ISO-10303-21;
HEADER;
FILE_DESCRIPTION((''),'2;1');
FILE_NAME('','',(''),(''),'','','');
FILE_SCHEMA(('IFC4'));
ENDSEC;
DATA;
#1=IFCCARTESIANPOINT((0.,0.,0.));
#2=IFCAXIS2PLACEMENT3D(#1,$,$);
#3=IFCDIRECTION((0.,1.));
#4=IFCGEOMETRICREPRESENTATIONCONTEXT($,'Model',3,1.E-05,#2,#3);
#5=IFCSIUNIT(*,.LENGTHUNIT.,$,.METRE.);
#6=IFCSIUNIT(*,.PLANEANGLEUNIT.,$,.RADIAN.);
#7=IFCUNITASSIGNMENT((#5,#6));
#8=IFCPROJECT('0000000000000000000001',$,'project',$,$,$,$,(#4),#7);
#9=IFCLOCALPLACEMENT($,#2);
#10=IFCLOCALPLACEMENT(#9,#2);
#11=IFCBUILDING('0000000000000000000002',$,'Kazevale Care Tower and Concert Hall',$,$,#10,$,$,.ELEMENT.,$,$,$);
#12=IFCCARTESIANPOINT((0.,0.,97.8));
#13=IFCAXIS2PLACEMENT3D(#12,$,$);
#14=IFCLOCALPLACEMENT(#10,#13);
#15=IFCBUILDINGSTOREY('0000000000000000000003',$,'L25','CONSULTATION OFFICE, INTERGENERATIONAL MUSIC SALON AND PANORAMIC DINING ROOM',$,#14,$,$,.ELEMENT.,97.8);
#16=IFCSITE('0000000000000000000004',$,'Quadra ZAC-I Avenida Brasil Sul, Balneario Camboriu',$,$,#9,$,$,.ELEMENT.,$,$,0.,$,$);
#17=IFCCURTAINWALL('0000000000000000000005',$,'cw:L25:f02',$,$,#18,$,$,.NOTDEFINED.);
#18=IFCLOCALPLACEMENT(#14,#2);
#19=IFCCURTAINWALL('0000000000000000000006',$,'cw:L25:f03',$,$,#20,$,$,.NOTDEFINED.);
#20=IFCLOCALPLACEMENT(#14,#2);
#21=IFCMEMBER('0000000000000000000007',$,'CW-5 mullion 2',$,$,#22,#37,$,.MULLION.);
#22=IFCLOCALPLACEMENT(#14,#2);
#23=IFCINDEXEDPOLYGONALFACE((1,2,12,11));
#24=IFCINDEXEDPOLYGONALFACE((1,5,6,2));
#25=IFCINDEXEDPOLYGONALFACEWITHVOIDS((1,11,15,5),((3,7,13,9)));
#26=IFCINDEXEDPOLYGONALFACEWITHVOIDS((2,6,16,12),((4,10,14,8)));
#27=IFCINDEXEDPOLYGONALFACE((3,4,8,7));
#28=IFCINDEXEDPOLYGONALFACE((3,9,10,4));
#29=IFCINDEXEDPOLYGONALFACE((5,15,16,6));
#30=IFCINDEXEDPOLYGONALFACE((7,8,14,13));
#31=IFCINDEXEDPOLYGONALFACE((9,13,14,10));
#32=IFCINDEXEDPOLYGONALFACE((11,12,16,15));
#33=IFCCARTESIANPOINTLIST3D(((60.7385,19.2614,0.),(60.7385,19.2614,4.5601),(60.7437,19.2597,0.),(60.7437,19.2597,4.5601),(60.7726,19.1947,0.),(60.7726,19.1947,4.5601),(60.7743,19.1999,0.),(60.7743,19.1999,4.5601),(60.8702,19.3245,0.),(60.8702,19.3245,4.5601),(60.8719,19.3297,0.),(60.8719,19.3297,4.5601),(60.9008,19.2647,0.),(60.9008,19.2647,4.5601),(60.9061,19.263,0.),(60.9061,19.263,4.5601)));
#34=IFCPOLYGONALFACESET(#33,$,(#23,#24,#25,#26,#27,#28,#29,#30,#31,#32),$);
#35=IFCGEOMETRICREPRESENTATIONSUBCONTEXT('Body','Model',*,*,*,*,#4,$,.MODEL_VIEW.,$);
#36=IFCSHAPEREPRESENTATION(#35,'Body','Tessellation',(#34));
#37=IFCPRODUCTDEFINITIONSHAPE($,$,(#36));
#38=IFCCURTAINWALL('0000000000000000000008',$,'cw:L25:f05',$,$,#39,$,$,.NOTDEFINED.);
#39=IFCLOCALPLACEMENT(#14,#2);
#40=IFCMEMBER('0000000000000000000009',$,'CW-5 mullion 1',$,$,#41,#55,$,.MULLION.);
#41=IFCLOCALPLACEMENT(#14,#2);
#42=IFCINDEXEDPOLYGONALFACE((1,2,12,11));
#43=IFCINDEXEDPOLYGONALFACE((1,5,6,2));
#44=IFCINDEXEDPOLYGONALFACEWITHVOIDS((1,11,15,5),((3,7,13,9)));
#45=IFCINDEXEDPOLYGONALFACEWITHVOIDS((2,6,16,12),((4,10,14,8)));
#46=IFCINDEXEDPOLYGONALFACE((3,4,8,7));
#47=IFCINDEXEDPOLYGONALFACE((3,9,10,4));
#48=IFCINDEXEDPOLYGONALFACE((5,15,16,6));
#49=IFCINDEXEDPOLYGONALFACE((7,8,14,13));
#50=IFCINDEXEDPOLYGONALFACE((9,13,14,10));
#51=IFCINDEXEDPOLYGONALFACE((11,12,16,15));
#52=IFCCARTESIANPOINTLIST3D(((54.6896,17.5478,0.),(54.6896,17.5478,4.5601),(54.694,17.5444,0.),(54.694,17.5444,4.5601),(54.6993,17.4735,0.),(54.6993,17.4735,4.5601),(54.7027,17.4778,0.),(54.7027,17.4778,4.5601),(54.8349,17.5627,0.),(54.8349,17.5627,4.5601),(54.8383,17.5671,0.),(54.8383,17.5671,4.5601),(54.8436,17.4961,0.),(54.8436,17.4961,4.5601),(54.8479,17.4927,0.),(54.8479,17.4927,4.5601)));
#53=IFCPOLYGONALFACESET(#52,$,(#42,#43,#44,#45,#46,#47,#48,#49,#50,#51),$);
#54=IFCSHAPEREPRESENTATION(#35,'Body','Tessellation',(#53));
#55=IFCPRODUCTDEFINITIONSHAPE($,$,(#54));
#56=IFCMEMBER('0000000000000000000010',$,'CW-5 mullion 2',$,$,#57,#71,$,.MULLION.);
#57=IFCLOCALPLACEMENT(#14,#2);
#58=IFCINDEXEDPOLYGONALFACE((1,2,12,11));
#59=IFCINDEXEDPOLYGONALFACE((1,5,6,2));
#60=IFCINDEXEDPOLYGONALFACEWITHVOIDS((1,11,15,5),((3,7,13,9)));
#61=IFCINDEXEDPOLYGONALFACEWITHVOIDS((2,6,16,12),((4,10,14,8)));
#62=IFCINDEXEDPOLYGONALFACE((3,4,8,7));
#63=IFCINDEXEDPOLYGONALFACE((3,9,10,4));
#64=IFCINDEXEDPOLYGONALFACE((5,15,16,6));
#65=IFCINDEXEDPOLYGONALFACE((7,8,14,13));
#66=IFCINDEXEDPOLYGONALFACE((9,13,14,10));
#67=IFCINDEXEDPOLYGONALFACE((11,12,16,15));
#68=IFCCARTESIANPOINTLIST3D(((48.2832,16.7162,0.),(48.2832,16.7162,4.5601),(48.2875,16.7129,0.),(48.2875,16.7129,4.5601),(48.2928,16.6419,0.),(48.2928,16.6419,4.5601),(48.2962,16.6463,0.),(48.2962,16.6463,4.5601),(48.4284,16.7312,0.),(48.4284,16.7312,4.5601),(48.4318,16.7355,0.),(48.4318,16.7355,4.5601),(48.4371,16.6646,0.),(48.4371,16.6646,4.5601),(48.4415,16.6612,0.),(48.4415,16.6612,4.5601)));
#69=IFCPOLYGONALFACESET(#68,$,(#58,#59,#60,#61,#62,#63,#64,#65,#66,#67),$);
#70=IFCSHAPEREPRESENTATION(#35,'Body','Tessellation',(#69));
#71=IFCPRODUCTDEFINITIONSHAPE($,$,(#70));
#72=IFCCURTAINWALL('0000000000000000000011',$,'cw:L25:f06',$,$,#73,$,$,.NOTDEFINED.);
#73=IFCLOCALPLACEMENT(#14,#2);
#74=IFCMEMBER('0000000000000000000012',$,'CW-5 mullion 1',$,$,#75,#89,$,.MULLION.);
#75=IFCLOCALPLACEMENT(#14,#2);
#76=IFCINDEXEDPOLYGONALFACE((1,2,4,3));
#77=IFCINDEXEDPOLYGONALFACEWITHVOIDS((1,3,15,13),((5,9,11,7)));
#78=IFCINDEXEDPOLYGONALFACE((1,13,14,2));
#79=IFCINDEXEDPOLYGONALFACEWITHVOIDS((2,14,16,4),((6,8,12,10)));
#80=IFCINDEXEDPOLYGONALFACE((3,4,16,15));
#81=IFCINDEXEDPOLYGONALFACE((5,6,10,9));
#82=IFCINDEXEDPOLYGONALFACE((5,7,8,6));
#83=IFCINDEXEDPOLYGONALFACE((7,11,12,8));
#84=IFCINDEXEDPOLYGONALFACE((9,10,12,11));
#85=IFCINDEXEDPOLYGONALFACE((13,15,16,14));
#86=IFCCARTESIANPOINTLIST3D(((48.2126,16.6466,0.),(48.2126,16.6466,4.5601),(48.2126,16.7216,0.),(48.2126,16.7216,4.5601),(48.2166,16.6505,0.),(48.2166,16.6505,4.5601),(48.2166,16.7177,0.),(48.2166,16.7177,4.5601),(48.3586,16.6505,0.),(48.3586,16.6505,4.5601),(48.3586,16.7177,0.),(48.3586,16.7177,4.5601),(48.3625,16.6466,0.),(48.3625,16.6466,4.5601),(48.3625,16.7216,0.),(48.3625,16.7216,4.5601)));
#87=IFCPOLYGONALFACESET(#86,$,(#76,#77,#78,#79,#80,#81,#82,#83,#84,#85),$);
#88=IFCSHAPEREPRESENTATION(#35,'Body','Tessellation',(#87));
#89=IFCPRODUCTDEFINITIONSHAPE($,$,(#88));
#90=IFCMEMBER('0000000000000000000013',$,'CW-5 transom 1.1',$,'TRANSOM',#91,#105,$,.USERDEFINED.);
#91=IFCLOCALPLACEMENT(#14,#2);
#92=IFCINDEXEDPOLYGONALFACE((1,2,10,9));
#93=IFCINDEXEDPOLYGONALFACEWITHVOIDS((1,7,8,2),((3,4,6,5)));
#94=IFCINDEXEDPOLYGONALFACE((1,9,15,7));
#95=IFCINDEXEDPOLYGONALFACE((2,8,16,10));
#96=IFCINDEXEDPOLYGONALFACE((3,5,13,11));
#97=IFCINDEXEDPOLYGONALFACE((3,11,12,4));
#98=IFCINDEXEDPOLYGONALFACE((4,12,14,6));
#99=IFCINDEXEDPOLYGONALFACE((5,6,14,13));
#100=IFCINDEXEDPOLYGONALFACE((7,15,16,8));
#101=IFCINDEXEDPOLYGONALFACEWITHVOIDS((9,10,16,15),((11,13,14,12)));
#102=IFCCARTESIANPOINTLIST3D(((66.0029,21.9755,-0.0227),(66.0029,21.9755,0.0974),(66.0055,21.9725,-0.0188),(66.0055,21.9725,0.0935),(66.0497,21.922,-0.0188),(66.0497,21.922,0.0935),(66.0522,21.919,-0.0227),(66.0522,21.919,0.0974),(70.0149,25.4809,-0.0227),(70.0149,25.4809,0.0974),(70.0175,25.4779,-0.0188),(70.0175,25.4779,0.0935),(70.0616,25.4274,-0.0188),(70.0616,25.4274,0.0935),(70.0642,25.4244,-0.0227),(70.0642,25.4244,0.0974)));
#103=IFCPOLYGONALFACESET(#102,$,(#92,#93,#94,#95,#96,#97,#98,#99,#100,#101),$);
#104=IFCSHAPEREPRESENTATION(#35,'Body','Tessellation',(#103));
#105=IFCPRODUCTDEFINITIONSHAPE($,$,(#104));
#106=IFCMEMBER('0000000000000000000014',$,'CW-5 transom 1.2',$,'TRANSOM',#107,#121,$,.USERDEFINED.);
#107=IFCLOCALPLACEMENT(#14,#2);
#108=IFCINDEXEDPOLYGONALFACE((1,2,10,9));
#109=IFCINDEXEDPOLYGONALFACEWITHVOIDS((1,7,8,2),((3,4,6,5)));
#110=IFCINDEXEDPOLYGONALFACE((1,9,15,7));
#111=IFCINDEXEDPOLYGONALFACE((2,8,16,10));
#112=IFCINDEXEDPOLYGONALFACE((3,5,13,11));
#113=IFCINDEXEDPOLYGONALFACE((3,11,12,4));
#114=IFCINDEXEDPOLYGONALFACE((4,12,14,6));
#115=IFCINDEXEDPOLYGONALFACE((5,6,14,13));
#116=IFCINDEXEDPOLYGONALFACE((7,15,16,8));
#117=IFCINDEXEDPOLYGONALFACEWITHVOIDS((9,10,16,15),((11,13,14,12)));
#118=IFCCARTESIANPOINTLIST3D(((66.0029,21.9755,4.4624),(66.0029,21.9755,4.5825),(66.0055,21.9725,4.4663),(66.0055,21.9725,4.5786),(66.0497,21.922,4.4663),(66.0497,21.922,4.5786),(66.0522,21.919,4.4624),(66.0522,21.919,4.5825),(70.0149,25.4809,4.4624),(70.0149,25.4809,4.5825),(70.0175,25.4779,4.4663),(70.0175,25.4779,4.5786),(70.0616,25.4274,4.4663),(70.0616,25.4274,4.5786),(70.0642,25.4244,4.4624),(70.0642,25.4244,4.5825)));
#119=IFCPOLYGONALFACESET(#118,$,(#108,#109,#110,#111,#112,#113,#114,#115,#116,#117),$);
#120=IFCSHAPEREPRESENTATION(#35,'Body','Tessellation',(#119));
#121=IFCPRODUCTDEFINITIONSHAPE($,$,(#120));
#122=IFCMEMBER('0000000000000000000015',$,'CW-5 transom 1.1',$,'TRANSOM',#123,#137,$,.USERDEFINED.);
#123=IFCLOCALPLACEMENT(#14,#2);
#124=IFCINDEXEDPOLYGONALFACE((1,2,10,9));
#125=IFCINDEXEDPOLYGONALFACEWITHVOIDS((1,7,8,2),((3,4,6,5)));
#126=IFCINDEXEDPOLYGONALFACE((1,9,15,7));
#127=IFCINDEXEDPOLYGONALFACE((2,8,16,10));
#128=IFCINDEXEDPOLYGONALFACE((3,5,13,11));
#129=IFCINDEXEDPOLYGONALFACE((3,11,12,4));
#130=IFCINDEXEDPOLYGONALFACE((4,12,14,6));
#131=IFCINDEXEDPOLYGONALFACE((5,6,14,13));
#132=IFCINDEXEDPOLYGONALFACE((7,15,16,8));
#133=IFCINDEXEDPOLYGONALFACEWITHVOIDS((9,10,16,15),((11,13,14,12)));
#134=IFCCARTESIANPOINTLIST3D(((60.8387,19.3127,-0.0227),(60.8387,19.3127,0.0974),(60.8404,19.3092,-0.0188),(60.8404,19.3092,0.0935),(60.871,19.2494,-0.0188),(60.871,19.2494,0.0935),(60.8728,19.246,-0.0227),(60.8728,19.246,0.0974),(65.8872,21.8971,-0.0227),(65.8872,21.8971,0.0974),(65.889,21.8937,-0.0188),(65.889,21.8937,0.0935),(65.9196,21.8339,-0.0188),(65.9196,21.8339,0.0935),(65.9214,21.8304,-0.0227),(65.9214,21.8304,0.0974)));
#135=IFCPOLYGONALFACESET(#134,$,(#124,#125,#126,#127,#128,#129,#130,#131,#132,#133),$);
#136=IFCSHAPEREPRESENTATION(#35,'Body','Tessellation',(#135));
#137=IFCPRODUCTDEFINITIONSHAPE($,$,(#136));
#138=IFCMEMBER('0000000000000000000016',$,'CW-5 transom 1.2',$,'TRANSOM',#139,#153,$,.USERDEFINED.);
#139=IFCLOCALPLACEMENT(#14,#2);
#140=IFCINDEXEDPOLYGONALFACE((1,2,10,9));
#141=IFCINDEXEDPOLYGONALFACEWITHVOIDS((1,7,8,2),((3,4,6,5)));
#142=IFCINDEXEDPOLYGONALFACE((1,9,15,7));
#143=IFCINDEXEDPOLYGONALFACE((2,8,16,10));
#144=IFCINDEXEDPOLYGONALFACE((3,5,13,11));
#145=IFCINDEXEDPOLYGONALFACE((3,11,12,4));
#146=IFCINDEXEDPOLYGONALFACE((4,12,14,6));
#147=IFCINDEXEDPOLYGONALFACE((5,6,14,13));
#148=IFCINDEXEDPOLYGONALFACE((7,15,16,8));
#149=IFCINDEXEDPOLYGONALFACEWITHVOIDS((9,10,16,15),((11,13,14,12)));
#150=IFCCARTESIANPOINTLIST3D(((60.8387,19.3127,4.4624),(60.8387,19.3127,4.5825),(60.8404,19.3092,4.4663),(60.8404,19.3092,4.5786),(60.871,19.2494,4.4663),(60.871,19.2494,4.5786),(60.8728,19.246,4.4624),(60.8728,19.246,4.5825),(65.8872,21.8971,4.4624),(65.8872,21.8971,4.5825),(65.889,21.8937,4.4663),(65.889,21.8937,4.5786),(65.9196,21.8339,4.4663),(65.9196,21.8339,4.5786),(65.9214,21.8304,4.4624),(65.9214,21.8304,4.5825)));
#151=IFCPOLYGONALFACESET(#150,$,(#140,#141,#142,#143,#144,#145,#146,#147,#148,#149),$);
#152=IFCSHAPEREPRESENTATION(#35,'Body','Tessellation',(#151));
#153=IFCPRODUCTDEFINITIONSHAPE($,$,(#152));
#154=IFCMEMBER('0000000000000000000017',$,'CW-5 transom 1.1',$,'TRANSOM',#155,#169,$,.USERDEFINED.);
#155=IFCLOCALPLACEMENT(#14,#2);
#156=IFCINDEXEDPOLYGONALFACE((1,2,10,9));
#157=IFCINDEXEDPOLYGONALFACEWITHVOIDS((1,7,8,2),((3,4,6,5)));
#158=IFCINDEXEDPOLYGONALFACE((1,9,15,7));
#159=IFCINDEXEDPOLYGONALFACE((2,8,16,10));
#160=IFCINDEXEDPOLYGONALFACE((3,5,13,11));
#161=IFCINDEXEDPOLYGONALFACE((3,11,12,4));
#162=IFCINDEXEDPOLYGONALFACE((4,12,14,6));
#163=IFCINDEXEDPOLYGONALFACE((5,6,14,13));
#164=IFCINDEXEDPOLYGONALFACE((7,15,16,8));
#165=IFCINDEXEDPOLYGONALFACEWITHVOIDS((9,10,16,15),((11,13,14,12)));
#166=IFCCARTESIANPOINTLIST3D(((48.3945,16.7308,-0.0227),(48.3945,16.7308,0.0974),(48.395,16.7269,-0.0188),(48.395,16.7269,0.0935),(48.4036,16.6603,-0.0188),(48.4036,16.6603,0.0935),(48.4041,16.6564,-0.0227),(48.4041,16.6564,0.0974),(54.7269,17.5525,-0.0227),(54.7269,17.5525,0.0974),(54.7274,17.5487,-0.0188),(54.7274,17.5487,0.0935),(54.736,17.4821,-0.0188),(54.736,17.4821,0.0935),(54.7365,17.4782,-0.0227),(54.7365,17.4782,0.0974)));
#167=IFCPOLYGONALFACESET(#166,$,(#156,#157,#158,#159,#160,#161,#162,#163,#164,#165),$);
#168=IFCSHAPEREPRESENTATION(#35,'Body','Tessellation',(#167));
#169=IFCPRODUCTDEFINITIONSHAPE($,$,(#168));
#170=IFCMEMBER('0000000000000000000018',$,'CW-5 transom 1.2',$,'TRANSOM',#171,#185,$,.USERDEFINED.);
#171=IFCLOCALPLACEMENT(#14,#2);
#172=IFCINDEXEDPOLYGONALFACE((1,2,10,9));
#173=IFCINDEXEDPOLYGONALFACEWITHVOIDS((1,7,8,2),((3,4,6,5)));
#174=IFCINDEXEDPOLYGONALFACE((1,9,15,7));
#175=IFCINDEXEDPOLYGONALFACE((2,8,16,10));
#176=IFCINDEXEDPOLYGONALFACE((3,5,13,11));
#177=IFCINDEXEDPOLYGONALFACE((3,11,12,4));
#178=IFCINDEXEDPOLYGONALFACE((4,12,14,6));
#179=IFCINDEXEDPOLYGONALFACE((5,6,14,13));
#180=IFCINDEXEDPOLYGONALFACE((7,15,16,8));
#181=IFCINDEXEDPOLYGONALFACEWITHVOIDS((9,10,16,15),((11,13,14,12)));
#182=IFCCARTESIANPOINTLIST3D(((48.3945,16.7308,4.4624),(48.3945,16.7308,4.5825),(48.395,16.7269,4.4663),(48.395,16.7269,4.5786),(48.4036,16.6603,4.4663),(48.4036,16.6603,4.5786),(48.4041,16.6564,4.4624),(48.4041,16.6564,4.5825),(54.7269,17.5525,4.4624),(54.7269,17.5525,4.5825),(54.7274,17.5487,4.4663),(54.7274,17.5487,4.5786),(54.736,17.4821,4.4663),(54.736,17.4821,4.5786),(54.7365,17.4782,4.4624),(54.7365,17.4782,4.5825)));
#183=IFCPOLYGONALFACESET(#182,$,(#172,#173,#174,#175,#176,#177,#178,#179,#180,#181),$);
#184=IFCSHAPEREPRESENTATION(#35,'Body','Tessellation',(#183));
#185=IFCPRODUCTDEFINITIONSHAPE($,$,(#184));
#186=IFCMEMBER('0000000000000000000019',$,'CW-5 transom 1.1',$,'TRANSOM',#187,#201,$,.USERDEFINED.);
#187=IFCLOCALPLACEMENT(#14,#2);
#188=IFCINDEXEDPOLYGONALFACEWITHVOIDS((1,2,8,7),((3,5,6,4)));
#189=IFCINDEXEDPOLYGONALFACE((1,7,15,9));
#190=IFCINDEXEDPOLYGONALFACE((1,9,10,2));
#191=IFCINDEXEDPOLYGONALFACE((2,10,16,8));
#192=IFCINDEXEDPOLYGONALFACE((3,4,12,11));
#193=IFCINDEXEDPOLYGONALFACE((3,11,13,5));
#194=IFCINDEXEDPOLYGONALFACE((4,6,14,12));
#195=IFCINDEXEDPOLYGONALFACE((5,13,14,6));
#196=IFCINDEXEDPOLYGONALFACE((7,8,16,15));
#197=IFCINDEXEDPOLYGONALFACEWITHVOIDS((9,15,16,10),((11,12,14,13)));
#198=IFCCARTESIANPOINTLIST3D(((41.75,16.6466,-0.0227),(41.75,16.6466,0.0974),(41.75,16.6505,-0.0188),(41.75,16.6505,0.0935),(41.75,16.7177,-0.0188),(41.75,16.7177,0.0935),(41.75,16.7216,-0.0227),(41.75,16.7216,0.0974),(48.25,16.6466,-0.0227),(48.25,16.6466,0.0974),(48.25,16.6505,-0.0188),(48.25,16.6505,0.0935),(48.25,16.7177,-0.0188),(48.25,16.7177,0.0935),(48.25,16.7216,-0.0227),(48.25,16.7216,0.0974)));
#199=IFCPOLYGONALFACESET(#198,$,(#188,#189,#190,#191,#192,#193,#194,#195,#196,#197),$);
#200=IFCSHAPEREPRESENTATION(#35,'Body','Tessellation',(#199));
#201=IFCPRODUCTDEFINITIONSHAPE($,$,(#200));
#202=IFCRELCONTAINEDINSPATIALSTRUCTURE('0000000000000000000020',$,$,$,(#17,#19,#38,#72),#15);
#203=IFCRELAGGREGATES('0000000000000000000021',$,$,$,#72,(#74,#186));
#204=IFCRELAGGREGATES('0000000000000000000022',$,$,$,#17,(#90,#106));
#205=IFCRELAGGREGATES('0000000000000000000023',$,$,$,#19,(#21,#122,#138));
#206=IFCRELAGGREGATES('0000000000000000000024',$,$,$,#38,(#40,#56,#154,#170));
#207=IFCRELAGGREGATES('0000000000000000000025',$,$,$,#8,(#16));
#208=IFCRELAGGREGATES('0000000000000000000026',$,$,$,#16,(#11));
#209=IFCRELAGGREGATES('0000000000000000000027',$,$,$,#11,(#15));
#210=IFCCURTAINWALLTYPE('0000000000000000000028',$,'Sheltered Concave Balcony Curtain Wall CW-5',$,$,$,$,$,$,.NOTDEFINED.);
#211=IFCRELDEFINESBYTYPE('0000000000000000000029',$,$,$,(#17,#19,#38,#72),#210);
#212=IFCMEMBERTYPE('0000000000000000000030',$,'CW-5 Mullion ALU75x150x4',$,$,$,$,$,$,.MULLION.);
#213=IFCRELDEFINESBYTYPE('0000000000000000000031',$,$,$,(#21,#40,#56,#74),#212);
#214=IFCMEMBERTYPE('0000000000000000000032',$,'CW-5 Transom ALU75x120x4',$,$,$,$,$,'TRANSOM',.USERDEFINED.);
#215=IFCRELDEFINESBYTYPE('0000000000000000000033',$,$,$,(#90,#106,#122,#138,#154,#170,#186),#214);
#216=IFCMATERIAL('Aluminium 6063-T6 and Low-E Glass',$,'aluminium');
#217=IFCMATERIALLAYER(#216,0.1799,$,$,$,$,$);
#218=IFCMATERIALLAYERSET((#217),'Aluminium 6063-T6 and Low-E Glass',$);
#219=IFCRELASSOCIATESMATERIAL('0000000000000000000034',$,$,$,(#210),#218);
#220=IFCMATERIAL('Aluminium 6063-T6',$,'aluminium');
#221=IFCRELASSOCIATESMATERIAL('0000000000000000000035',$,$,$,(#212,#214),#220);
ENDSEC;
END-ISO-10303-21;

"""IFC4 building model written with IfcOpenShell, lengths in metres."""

from ifc_helpers import new_model, si_unit, direction, frame, origin, origin_2d, place, context, subcontext, project, spatial, hollow_rectangle, extrude, material, layer, layer_set, material_profile, profile_set, type_object, element, aggregate, save


model = new_model("IFC4")

# Units and contexts
model_context = context("Model", 3, precision=1e-05, world=origin(), true_north=direction((0.0, 1.0)))
body_context = subcontext(model_context, "Body", "Model", "MODEL_VIEW")
ifc_project = project(units=[si_unit("LENGTHUNIT", "METRE"), si_unit("PLANEANGLEUNIT", "RADIAN")], contexts=[model_context])

# Site, building, storey
site_placement = place(None, origin())
site = spatial("IfcSite", under=ifc_project, at=site_placement, Name="Quadra ZAC-I Avenida Brasil Sul, Balneario Camboriu", CompositionType="ELEMENT", RefElevation=0.0)
building_placement = place(site_placement, origin())
building = spatial("IfcBuilding", under=site, at=building_placement, Name="Kazevale Care Tower and Concert Hall", CompositionType="ELEMENT")
storey_placement = place(building_placement, frame((0.0, 0.0, 97.8)))
storey = spatial("IfcBuildingStorey", under=building, at=storey_placement, Name="L25", Description="CONSULTATION OFFICE, INTERGENERATIONAL MUSIC SALON AND PANORAMIC DINING ROOM", CompositionType="ELEMENT", Elevation=97.8)

# Curtain walls, members
ifc_material_1 = material(Name="Aluminium 6063-T6 and Low-E Glass", Category="aluminium")
ifc_layer_1 = layer(ifc_material_1, 0.1799)
ifc_layer_set_1 = layer_set([ifc_layer_1], Name="Aluminium 6063-T6 and Low-E Glass")
curtain_wall_type = type_object("IfcCurtainWallType", Name="Sheltered Concave Balcony Curtain Wall CW-5", PredefinedType="NOTDEFINED", material=ifc_layer_set_1)
curtain_wall_1_placement = place(storey_placement, origin())
curtain_wall_1 = element("IfcCurtainWall", 1, at=curtain_wall_1_placement, inside=storey, type_object=curtain_wall_type, Name="cw:L25:f02", PredefinedType="NOTDEFINED")
ifc_material_2 = material(Name="Aluminium 6063-T6", Category="aluminium")
ifc_material_profile_1 = material_profile(ifc_material_2, hollow_rectangle(XDim=0.075, YDim=0.1499, WallThickness=0.0039, at=origin_2d()), Name="ALU75x150x4")
ifc_profile_set_1 = profile_set([ifc_material_profile_1], Name="Aluminium 6063-T6")
member_type_1 = type_object("IfcMemberType", Name="CW-5 Mullion ALU75x150x4", PredefinedType="MULLION", material=ifc_profile_set_1)
curtain_wall_2_placement = place(storey_placement, origin())
curtain_wall_2 = element("IfcCurtainWall", 2, at=curtain_wall_2_placement, inside=storey, type_object=curtain_wall_type, Name="cw:L25:f03", PredefinedType="NOTDEFINED")
member_1_placement = place(storey_placement, frame((60.8223, 19.2622, 0.0), z_axis=(0.0, 0.0, 1.0), x_axis=(0.455713, -0.890127, 0.0)))
member_1 = element("IfcMember", 3, at=member_1_placement, type_object=member_type_1, Name="CW-5 mullion 2", PredefinedType="MULLION", context=body_context, shape_type="SweptSolid", body=[
    extrude(hollow_rectangle(XDim=0.075, YDim=0.1499, WallThickness=0.0039, at=origin_2d()), origin(), (0.0, 0.0, 1.0), 4.5601),
])
curtain_wall_3_placement = place(storey_placement, origin())
curtain_wall_3 = element("IfcCurtainWall", 4, at=curtain_wall_3_placement, inside=storey, type_object=curtain_wall_type, Name="cw:L25:f05", PredefinedType="NOTDEFINED")
member_2_placement = place(storey_placement, frame((54.7688, 17.5203, 0.0), z_axis=(0.0, 0.0, 1.0), x_axis=(0.128685, -0.991686, 0.0)))
member_2 = element("IfcMember", 5, at=member_2_placement, type_object=member_type_1, Name="CW-5 mullion 1", PredefinedType="MULLION", context=body_context, shape_type="SweptSolid", body=[
    extrude(hollow_rectangle(XDim=0.075, YDim=0.1499, WallThickness=0.0039, at=origin_2d()), origin(), (0.0, 0.0, 1.0), 4.5601),
])
member_3_placement = place(storey_placement, frame((48.3623, 16.6887, 0.0), z_axis=(0.0, 0.0, 1.0), x_axis=(0.128685, -0.991686, 0.0)))
member_3 = element("IfcMember", 6, at=member_3_placement, type_object=member_type_1, Name="CW-5 mullion 2", PredefinedType="MULLION", context=body_context, shape_type="SweptSolid", body=[
    extrude(hollow_rectangle(XDim=0.075, YDim=0.1499, WallThickness=0.0039, at=origin_2d()), origin(), (0.0, 0.0, 1.0), 4.5601),
])

# Curtain wall, member
curtain_wall_4_placement = place(storey_placement, origin())
curtain_wall_4 = element("IfcCurtainWall", 7, at=curtain_wall_4_placement, inside=storey, type_object=curtain_wall_type, Name="cw:L25:f06", PredefinedType="NOTDEFINED")
member_4_placement = place(storey_placement, frame((48.2876, 16.6841, 0.0), z_axis=(0.0, 0.0, 1.0), x_axis=(0.0, -1.0, 0.0)))
member_4 = element("IfcMember", 8, at=member_4_placement, type_object=member_type_1, Name="CW-5 mullion 1", PredefinedType="MULLION", context=body_context, shape_type="SweptSolid", body=[
    extrude(hollow_rectangle(XDim=0.075, YDim=0.1499, WallThickness=0.0039, at=origin_2d()), origin(), (0.0, 0.0, 1.0), 4.5601),
])

# Members
ifc_material_profile_2 = material_profile(ifc_material_2, hollow_rectangle(XDim=0.075, YDim=0.1201, WallThickness=0.0039, at=origin_2d()), Name="ALU75x120x4")
ifc_profile_set_2 = profile_set([ifc_material_profile_2], Name="Aluminium 6063-T6")
member_type_2 = type_object("IfcMemberType", Name="CW-5 Transom ALU75x120x4", ElementType="TRANSOM", PredefinedType="USERDEFINED", material=ifc_profile_set_2)
member_5_placement = place(storey_placement, frame((70.0396, 25.4526, 0.0374), z_axis=(-0.753051, -0.657963, 0.0), x_axis=(0.657963, -0.753051, 0.0)))
member_5 = element("IfcMember", 9, at=member_5_placement, type_object=member_type_2, Name="CW-5 transom 1.1", ObjectType="TRANSOM", PredefinedType="USERDEFINED", context=body_context, shape_type="SweptSolid", body=[
    extrude(hollow_rectangle(XDim=0.075, YDim=0.1201, WallThickness=0.0039, at=origin_2d()), origin(), (0.0, 0.0, 1.0), 5.3276),
])
member_6_placement = place(storey_placement, frame((70.0396, 25.4526, 4.5225), z_axis=(-0.753051, -0.657963, 0.0), x_axis=(0.657963, -0.753051, 0.0)))
member_6 = element("IfcMember", 10, at=member_6_placement, type_object=member_type_2, Name="CW-5 transom 1.2", ObjectType="TRANSOM", PredefinedType="USERDEFINED", context=body_context, shape_type="SweptSolid", body=[
    extrude(hollow_rectangle(XDim=0.075, YDim=0.1201, WallThickness=0.0039, at=origin_2d()), origin(), (0.0, 0.0, 1.0), 5.3276),
])
member_7_placement = place(storey_placement, frame((65.9043, 21.8638, 0.0374), z_axis=(-0.890143, -0.455682, 0.0), x_axis=(0.455682, -0.890143, 0.0)))
member_7 = element("IfcMember", 11, at=member_7_placement, type_object=member_type_2, Name="CW-5 transom 1.1", ObjectType="TRANSOM", PredefinedType="USERDEFINED", context=body_context, shape_type="SweptSolid", body=[
    extrude(hollow_rectangle(XDim=0.075, YDim=0.1201, WallThickness=0.0039, at=origin_2d()), origin(), (0.0, 0.0, 1.0), 5.6716),
])
member_8_placement = place(storey_placement, frame((65.9043, 21.8638, 4.5225), z_axis=(-0.890143, -0.455682, 0.0), x_axis=(0.455682, -0.890143, 0.0)))
member_8 = element("IfcMember", 12, at=member_8_placement, type_object=member_type_2, Name="CW-5 transom 1.2", ObjectType="TRANSOM", PredefinedType="USERDEFINED", context=body_context, shape_type="SweptSolid", body=[
    extrude(hollow_rectangle(XDim=0.075, YDim=0.1201, WallThickness=0.0039, at=origin_2d()), origin(), (0.0, 0.0, 1.0), 5.6716),
])
member_9_placement = place(storey_placement, frame((54.7317, 17.5154, 0.0374), z_axis=(-0.991684, -0.128697, 0.0), x_axis=(0.128697, -0.991684, 0.0)))
member_9 = element("IfcMember", 13, at=member_9_placement, type_object=member_type_2, Name="CW-5 transom 1.1", ObjectType="TRANSOM", PredefinedType="USERDEFINED", context=body_context, shape_type="SweptSolid", body=[
    extrude(hollow_rectangle(XDim=0.075, YDim=0.1201, WallThickness=0.0039, at=origin_2d()), origin(), (0.0, 0.0, 1.0), 6.3855),
])
member_10_placement = place(storey_placement, frame((54.7317, 17.5154, 4.5225), z_axis=(-0.991684, -0.128697, 0.0), x_axis=(0.128697, -0.991684, 0.0)))
member_10 = element("IfcMember", 14, at=member_10_placement, type_object=member_type_2, Name="CW-5 transom 1.2", ObjectType="TRANSOM", PredefinedType="USERDEFINED", context=body_context, shape_type="SweptSolid", body=[
    extrude(hollow_rectangle(XDim=0.075, YDim=0.1201, WallThickness=0.0039, at=origin_2d()), origin(), (0.0, 0.0, 1.0), 6.3855),
])
member_11_placement = place(storey_placement, frame((48.25, 16.6841, 0.0374), z_axis=(-1.0, 0.0, 0.0), x_axis=(0.0, -1.0, 0.0)))
member_11 = element("IfcMember", 15, at=member_11_placement, type_object=member_type_2, Name="CW-5 transom 1.1", ObjectType="TRANSOM", PredefinedType="USERDEFINED", context=body_context, shape_type="SweptSolid", body=[
    extrude(hollow_rectangle(XDim=0.075, YDim=0.1201, WallThickness=0.0039, at=origin_2d()), origin(), (0.0, 0.0, 1.0), 6.5),
])
aggregate(curtain_wall_4, [member_4, member_11])

aggregate(curtain_wall_1, [member_5, member_6])
aggregate(curtain_wall_2, [member_1, member_7, member_8])
aggregate(curtain_wall_3, [member_2, member_3, member_9, member_10])

save(model, "model.ifc")
